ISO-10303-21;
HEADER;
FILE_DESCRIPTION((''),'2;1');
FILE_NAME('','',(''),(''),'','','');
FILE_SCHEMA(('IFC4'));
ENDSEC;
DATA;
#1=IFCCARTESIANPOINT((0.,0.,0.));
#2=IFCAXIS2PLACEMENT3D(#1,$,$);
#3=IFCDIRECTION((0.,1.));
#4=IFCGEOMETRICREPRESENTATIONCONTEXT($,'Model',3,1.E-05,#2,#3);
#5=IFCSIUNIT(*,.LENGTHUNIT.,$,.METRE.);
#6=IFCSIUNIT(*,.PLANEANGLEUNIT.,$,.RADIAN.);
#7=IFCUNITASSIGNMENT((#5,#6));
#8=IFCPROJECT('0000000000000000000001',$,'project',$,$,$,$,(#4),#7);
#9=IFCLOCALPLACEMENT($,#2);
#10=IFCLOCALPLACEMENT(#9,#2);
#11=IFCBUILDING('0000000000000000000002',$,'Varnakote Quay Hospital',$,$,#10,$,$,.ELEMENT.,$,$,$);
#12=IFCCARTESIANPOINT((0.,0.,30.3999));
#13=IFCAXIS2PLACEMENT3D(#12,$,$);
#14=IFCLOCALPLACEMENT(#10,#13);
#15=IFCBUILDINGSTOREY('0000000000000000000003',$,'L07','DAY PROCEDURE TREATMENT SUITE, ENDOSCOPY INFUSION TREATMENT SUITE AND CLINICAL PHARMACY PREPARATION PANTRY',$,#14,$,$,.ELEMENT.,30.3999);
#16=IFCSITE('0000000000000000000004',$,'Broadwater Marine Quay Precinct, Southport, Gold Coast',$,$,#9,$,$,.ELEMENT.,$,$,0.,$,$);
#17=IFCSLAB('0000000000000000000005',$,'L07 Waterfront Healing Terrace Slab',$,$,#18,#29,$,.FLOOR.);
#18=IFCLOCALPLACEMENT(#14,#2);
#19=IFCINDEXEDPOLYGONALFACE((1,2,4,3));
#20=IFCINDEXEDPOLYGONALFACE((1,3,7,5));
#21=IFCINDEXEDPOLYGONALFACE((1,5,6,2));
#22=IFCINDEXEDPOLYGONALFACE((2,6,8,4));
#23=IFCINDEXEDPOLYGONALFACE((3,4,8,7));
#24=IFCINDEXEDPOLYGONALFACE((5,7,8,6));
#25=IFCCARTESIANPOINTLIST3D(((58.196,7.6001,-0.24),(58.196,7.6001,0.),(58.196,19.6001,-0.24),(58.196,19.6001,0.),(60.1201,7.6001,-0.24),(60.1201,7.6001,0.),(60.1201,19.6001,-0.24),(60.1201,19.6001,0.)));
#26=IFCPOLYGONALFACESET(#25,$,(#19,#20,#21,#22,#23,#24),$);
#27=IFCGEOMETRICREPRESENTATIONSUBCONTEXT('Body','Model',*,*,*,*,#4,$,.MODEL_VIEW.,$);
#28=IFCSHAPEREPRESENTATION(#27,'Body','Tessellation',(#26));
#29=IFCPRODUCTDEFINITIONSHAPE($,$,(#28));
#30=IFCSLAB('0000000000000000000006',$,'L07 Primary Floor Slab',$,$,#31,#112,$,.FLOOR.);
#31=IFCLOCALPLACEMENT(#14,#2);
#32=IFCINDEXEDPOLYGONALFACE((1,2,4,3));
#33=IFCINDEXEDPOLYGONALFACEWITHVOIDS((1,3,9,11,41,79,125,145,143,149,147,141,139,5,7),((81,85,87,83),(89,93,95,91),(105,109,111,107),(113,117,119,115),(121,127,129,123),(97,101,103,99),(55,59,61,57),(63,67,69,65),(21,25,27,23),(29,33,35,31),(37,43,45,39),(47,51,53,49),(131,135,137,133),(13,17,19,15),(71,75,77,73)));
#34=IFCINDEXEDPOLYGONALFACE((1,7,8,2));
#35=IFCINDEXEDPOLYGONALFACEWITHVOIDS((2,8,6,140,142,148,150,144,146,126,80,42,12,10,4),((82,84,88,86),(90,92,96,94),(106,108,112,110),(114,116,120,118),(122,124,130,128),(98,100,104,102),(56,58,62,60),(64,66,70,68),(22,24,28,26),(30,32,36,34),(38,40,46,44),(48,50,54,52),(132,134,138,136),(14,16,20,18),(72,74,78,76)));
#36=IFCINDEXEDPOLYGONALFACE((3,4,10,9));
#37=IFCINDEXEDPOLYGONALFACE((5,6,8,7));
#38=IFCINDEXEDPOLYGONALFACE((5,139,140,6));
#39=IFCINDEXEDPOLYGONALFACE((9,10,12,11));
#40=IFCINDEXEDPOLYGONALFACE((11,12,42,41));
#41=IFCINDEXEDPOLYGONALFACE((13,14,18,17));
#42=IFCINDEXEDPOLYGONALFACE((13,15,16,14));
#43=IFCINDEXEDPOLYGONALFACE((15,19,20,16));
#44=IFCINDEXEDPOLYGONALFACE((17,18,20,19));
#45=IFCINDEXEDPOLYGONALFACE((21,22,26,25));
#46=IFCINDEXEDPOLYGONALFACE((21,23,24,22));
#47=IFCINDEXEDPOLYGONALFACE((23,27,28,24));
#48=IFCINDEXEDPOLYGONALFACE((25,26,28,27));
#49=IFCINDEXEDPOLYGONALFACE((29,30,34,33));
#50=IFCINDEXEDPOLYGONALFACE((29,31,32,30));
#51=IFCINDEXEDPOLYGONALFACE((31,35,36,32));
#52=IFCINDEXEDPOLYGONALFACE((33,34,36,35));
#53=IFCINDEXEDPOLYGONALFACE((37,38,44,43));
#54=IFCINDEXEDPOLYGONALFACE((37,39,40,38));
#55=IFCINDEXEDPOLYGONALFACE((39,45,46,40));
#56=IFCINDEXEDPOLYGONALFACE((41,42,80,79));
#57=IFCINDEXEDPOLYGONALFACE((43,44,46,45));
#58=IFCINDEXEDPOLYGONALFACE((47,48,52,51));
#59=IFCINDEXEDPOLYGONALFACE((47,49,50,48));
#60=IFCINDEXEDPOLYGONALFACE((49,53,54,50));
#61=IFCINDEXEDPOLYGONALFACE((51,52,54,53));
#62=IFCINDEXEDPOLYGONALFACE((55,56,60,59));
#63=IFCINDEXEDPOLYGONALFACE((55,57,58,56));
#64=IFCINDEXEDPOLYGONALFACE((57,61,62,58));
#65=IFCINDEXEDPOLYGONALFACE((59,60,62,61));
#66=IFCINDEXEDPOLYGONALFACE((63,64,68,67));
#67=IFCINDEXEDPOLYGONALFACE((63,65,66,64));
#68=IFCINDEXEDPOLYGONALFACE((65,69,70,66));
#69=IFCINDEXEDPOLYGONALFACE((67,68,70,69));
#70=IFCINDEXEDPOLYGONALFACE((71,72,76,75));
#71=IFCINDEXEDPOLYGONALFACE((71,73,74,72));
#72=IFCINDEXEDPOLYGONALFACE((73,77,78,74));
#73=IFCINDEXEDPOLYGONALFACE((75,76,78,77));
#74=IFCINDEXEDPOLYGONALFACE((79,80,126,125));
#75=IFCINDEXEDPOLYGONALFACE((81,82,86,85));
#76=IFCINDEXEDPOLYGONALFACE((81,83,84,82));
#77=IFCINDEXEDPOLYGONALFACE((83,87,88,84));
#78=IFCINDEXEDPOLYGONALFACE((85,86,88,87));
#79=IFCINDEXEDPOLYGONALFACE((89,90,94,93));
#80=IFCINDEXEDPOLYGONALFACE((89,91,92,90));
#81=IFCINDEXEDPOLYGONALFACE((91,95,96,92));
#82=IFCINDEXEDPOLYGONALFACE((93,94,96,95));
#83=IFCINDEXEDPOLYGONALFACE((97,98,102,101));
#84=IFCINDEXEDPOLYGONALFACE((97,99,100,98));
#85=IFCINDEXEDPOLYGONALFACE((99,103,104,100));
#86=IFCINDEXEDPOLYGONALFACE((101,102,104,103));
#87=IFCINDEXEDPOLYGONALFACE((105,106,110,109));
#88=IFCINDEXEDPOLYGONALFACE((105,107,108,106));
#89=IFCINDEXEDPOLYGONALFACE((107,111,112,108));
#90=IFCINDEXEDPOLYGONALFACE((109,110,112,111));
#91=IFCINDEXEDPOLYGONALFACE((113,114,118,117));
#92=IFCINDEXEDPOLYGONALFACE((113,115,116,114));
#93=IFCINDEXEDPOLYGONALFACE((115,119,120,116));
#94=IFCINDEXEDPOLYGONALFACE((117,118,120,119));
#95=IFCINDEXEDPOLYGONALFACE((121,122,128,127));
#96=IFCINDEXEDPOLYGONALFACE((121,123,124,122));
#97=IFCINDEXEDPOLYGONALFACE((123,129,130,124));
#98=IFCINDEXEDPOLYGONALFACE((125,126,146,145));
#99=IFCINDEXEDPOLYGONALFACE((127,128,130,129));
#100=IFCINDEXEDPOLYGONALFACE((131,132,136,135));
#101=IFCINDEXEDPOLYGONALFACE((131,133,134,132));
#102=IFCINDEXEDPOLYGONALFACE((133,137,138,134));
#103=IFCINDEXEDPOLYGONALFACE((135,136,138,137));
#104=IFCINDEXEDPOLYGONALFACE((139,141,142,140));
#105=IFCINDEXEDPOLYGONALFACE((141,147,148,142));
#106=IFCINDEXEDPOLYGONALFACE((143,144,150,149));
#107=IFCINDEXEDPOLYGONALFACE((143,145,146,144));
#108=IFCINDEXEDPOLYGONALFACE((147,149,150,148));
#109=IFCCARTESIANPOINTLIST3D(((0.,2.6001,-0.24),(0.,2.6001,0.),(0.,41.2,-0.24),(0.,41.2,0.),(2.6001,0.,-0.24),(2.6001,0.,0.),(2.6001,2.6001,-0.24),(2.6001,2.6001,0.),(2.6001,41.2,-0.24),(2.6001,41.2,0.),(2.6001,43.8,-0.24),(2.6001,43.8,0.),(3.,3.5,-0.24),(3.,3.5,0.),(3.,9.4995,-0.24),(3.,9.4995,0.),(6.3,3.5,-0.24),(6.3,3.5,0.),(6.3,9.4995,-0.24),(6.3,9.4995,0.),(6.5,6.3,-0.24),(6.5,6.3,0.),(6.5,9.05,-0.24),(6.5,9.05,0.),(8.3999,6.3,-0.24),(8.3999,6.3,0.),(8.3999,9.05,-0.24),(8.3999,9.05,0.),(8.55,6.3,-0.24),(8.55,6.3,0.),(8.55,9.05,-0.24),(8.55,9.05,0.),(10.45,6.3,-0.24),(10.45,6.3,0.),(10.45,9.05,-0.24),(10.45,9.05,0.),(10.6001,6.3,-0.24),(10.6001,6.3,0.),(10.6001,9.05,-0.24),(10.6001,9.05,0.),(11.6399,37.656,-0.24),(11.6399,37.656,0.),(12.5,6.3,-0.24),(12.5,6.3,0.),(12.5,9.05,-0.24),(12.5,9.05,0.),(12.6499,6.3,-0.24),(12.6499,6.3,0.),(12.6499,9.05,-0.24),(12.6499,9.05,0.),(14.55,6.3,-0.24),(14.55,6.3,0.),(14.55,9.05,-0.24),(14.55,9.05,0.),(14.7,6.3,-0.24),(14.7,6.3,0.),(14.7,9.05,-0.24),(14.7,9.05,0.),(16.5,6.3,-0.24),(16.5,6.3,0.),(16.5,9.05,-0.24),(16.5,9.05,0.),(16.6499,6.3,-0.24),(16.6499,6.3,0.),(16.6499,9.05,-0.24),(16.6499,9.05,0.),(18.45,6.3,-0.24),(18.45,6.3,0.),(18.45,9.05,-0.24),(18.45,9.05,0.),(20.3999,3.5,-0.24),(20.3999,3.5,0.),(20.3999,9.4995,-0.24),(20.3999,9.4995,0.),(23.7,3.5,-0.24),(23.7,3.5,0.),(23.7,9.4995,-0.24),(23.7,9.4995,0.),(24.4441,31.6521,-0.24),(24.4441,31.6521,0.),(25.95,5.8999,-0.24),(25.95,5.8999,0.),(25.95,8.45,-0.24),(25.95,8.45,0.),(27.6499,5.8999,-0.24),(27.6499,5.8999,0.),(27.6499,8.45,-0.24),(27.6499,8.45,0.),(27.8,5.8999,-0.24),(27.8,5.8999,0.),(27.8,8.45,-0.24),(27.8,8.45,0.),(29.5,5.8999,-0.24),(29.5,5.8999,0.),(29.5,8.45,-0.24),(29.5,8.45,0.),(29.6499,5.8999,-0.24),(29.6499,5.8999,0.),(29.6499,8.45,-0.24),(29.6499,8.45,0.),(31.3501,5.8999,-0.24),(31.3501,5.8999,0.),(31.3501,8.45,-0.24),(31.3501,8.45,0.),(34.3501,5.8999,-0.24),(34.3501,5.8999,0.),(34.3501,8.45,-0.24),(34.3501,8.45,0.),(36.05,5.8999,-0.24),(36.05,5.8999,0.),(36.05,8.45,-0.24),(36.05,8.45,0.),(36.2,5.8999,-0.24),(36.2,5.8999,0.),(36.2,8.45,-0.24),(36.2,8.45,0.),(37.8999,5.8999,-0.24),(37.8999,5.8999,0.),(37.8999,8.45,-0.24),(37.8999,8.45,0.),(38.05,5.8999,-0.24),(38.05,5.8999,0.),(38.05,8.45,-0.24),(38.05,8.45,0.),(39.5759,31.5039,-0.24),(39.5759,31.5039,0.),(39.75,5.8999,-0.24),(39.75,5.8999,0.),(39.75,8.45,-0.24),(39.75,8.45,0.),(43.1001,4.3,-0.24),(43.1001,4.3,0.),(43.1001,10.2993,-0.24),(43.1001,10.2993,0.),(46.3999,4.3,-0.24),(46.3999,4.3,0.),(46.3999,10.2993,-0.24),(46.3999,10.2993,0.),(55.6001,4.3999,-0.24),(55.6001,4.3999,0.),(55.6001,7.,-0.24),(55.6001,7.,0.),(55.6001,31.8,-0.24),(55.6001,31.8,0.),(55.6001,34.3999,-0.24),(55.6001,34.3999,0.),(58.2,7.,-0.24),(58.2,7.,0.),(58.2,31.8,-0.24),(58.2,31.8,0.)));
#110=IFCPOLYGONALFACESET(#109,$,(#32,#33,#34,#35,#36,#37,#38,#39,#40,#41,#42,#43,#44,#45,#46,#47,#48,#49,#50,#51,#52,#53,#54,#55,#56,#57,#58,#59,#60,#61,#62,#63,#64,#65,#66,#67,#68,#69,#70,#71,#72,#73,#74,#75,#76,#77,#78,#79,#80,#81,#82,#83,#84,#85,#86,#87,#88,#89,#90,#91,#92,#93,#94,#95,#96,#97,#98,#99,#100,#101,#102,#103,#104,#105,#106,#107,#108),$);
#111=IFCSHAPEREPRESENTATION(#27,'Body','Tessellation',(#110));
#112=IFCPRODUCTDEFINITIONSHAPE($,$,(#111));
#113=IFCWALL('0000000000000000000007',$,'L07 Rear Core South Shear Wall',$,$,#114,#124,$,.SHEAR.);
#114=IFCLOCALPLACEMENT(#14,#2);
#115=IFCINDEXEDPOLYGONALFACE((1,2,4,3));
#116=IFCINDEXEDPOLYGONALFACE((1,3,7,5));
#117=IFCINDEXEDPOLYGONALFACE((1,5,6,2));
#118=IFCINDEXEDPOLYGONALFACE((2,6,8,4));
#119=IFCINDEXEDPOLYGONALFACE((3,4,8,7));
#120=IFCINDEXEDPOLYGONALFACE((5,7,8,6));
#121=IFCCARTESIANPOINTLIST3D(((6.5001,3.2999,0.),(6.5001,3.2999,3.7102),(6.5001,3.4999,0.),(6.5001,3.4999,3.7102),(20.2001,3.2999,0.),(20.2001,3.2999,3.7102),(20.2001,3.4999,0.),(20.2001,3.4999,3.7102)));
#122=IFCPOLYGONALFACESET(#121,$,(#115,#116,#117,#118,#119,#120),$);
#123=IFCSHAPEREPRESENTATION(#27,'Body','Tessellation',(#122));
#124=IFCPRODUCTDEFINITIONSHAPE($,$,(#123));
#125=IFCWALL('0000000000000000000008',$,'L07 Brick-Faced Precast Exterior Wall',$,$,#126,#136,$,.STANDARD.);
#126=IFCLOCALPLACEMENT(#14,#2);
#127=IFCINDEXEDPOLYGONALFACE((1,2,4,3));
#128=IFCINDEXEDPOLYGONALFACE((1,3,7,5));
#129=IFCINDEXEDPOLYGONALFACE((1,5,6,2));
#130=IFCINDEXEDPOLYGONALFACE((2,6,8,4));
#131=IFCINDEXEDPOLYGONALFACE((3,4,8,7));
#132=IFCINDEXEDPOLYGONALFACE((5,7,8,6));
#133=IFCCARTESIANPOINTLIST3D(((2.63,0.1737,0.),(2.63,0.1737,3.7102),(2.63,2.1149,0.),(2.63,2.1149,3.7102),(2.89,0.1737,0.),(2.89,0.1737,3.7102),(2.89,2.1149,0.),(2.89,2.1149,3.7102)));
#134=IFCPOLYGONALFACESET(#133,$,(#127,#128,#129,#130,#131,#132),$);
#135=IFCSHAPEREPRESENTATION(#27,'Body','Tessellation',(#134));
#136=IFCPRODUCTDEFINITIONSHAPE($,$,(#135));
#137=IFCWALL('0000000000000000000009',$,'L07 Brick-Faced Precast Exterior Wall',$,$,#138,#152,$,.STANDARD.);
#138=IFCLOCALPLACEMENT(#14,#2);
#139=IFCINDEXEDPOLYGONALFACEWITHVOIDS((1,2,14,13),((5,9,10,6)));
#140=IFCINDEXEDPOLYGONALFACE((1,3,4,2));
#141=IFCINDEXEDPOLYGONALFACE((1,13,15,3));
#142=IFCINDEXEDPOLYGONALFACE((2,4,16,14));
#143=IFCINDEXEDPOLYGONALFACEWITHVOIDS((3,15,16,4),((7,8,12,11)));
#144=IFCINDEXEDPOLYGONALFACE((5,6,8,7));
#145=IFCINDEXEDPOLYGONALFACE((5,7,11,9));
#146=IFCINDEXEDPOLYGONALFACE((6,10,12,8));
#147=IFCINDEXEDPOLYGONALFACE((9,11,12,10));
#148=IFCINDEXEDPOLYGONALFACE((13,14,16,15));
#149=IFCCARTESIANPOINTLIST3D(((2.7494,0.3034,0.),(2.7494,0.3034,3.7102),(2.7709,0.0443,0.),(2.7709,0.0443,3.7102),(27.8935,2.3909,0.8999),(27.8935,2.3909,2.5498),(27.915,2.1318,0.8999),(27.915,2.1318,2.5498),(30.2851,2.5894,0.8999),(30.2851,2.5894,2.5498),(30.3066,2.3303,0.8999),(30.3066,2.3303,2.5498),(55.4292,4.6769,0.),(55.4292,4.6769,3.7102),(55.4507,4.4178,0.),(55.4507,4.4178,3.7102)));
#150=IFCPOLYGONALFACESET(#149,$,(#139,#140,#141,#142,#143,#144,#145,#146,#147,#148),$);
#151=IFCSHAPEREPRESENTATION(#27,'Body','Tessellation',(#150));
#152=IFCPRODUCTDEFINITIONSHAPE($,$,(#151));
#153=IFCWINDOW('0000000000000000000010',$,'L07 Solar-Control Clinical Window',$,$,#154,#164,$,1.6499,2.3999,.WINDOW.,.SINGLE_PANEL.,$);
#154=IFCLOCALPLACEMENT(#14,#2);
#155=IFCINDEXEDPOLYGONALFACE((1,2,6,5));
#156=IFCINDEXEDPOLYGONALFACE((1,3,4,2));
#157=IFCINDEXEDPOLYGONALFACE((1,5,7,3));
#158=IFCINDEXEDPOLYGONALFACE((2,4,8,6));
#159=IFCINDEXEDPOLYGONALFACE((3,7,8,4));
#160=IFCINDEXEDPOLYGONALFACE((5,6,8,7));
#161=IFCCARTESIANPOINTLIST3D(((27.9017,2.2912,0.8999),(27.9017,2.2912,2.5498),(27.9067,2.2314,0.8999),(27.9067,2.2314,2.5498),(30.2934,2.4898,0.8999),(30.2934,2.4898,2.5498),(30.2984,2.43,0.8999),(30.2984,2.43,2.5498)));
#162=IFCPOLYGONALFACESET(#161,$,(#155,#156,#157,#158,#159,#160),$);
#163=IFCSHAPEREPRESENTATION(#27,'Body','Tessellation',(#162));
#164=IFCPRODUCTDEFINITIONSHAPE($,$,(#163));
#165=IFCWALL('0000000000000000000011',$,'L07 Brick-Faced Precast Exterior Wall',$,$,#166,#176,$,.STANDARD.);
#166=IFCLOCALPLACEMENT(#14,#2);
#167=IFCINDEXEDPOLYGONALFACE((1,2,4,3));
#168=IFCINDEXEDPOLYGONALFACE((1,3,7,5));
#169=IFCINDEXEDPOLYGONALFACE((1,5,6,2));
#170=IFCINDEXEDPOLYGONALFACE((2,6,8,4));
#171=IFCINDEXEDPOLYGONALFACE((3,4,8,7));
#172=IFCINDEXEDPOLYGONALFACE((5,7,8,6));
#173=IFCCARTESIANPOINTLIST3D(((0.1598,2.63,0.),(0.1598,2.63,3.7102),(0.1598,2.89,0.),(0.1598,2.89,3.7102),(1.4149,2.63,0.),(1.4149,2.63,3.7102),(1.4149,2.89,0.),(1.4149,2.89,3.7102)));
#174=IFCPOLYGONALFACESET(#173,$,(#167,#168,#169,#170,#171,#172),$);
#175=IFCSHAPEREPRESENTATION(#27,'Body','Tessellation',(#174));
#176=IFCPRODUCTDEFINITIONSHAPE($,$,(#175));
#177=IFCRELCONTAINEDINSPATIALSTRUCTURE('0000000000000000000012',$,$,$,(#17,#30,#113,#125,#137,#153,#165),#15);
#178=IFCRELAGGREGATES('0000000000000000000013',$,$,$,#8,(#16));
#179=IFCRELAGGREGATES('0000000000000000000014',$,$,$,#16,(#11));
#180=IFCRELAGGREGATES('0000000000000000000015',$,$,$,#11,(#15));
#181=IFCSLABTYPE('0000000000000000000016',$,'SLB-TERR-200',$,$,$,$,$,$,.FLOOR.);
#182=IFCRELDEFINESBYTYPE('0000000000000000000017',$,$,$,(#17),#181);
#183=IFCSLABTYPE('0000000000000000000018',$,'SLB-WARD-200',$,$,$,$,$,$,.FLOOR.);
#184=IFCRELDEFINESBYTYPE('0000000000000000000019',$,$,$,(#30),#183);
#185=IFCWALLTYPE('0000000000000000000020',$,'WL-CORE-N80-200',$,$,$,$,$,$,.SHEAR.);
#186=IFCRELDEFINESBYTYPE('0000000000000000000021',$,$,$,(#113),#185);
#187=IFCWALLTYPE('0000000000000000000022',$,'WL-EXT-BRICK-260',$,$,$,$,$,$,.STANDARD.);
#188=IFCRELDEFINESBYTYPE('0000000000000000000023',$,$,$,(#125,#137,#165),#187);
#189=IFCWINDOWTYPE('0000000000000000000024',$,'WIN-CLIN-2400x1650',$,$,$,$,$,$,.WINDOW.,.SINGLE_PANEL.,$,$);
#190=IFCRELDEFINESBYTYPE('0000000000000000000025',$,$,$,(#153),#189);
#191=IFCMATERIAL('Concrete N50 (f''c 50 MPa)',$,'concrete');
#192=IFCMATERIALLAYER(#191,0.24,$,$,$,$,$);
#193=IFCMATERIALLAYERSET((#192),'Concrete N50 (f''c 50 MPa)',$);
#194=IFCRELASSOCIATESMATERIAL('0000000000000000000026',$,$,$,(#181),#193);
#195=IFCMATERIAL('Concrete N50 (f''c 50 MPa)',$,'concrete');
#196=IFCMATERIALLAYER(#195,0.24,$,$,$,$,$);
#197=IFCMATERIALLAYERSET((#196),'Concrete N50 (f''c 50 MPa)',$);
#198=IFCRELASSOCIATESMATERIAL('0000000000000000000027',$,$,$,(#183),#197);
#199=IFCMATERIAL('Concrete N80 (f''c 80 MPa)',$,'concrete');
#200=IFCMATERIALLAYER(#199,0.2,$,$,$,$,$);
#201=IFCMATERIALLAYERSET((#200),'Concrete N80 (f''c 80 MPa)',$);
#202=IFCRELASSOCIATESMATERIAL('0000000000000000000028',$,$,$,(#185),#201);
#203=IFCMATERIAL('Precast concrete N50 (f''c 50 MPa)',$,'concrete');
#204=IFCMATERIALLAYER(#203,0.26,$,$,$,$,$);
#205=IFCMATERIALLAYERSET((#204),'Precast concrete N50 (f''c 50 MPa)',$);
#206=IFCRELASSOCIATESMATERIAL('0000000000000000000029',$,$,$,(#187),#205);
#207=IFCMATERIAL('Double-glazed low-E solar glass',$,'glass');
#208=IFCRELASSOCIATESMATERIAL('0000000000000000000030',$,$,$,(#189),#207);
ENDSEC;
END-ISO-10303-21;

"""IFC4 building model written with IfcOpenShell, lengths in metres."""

from ifc_helpers import new_model, si_unit, direction, frame, frame_2d, origin, place, context, subcontext, project, spatial, polyline, rectangle, outline, extrude, material, layer, layer_set, type_object, element, fill, save


model = new_model("IFC4")

# Units and contexts
model_context = context("Model", 3, precision=1e-05, world=origin(), true_north=direction((0.0, 1.0)))
body_context = subcontext(model_context, "Body", "Model", "MODEL_VIEW")
ifc_project = project(units=[si_unit("LENGTHUNIT", "METRE"), si_unit("PLANEANGLEUNIT", "RADIAN")], contexts=[model_context])

# Site, building, storey
site_placement = place(None, origin())
site = spatial("IfcSite", under=ifc_project, at=site_placement, Name="Broadwater Marine Quay Precinct, Southport, Gold Coast", CompositionType="ELEMENT", RefElevation=0.0)
building_placement = place(site_placement, origin())
building = spatial("IfcBuilding", under=site, at=building_placement, Name="Varnakote Quay Hospital", CompositionType="ELEMENT")
storey_placement = place(building_placement, frame((0.0, 0.0, 30.3999)))
storey = spatial("IfcBuildingStorey", under=building, at=storey_placement, Name="L07", Description="DAY PROCEDURE TREATMENT SUITE, ENDOSCOPY INFUSION TREATMENT SUITE AND CLINICAL PHARMACY PREPARATION PANTRY", CompositionType="ELEMENT", Elevation=30.3999)

# Slabs
ifc_material_1 = material(Name="Concrete N50 (f'c 50 MPa)", Category="concrete")
ifc_layer_1 = layer(ifc_material_1, 0.24)
ifc_layer_set_1 = layer_set([ifc_layer_1], Name="Concrete N50 (f'c 50 MPa)")
slab_type_1 = type_object("IfcSlabType", Name="SLB-TERR-200", PredefinedType="FLOOR", material=ifc_layer_set_1)
slab_1_placement = place(storey_placement, frame((0.0, 0.0, -0.24)))
element("IfcSlab", 1, at=slab_1_placement, inside=storey, type_object=slab_type_1, Name="L07 Waterfront Healing Terrace Slab", PredefinedType="FLOOR", context=body_context, shape_type="SweptSolid", body=[
    extrude(outline(polyline([(58.196, 19.6001), (58.196, 7.6001), (60.1201, 7.6001), (60.1201, 19.6001), (58.196, 19.6001)])), origin(), (0.0, 0.0, 1.0), 0.24),
])
ifc_material_2 = material(Name="Concrete N50 (f'c 50 MPa)", Category="concrete")
ifc_layer_2 = layer(ifc_material_2, 0.24)
ifc_layer_set_2 = layer_set([ifc_layer_2], Name="Concrete N50 (f'c 50 MPa)")
slab_type_2 = type_object("IfcSlabType", Name="SLB-WARD-200", PredefinedType="FLOOR", material=ifc_layer_set_2)
slab_2_placement = place(storey_placement, frame((0.0, 0.0, -0.24)))
element("IfcSlab", 2, at=slab_2_placement, inside=storey, type_object=slab_type_2, Name="L07 Primary Floor Slab", PredefinedType="FLOOR", context=body_context, shape_type="SweptSolid", body=[
    extrude(outline(polyline([(0.0, 2.6001), (2.6001, 2.6001), (2.6001, 0.0), (55.6001, 4.3999), (55.6001, 7.0), (58.2, 7.0), (58.2, 31.8), (55.6001, 31.8), (55.6001, 34.3999), (39.5759, 31.5039), (24.4441, 31.6521), (11.6399, 37.656), (2.6001, 43.8), (2.6001, 41.2), (0.0, 41.2), (0.0, 2.6001)]), holes=[polyline([(3.0, 3.5), (6.3, 3.5), (6.3, 9.4995), (3.0, 9.4995), (3.0, 3.5)]), polyline([(20.3999, 3.5), (23.7, 3.5), (23.7, 9.4995), (20.3999, 9.4995), (20.3999, 3.5)]), polyline([(43.1001, 4.3), (46.3999, 4.3), (46.3999, 10.2993), (43.1001, 10.2993), (43.1001, 4.3)]), polyline([(6.5, 6.3), (8.3999, 6.3), (8.3999, 9.05), (6.5, 9.05), (6.5, 6.3)]), polyline([(8.55, 6.3), (10.45, 6.3), (10.45, 9.05), (8.55, 9.05), (8.55, 6.3)]), polyline([(10.6001, 6.3), (12.5, 6.3), (12.5, 9.05), (10.6001, 9.05), (10.6001, 6.3)]), polyline([(12.6499, 6.3), (14.55, 6.3), (14.55, 9.05), (12.6499, 9.05), (12.6499, 6.3)]), polyline([(14.7, 6.3), (16.5, 6.3), (16.5, 9.05), (14.7, 9.05), (14.7, 6.3)]), polyline([(16.6499, 6.3), (18.45, 6.3), (18.45, 9.05), (16.6499, 9.05), (16.6499, 6.3)]), polyline([(25.95, 5.8999), (27.6499, 5.8999), (27.6499, 8.45), (25.95, 8.45), (25.95, 5.8999)]), polyline([(27.8, 5.8999), (29.5, 5.8999), (29.5, 8.45), (27.8, 8.45), (27.8, 5.8999)]), polyline([(29.6499, 5.8999), (31.3501, 5.8999), (31.3501, 8.45), (29.6499, 8.45), (29.6499, 5.8999)]), polyline([(34.3501, 5.8999), (36.05, 5.8999), (36.05, 8.45), (34.3501, 8.45), (34.3501, 5.8999)]), polyline([(36.2, 5.8999), (37.8999, 5.8999), (37.8999, 8.45), (36.2, 8.45), (36.2, 5.8999)]), polyline([(38.05, 5.8999), (39.75, 5.8999), (39.75, 8.45), (38.05, 8.45), (38.05, 5.8999)])]), origin(), (0.0, 0.0, 1.0), 0.24),
])

# Walls
ifc_material_3 = material(Name="Concrete N80 (f'c 80 MPa)", Category="concrete")
ifc_layer_3 = layer(ifc_material_3, 0.2)
ifc_layer_set_3 = layer_set([ifc_layer_3], Name="Concrete N80 (f'c 80 MPa)")
wall_type_1 = type_object("IfcWallType", Name="WL-CORE-N80-200", PredefinedType="SHEAR", material=ifc_layer_set_3)
wall_1_placement = place(storey_placement, frame((6.5, 3.3999, 0.0), z_axis=(0.0, 0.0, 1.0), x_axis=(1.0, 0.0, 0.0)))
element("IfcWall", 3, at=wall_1_placement, inside=storey, type_object=wall_type_1, Name="L07 Rear Core South Shear Wall", PredefinedType="SHEAR", context=body_context, shape_type="SweptSolid", body=[
    extrude(rectangle(XDim=13.7, YDim=0.2, at=frame_2d((6.8501, 0.0))), origin(), (0.0, 0.0, 1.0), 3.7102),
])
ifc_material_4 = material(Name="Precast concrete N50 (f'c 50 MPa)", Category="concrete")
ifc_layer_4 = layer(ifc_material_4, 0.26)
ifc_layer_set_4 = layer_set([ifc_layer_4], Name="Precast concrete N50 (f'c 50 MPa)")
wall_type_2 = type_object("IfcWallType", Name="WL-EXT-BRICK-260", PredefinedType="STANDARD", material=ifc_layer_set_4)
wall_2_placement = place(storey_placement, frame((2.76, 2.115, 0.0), z_axis=(0.0, 0.0, 1.0), x_axis=(0.0, -1.0, 0.0)))
element("IfcWall", 4, at=wall_2_placement, inside=storey, type_object=wall_type_2, Name="L07 Brick-Faced Precast Exterior Wall", PredefinedType="STANDARD", context=body_context, shape_type="SweptSolid", body=[
    extrude(rectangle(XDim=1.9412, YDim=0.26, at=frame_2d((0.9707, 0.0))), origin(), (0.0, 0.0, 1.0), 3.7102),
])

# Wall, opening, window
wall_3_placement = place(storey_placement, frame((2.76, 0.1738, 0.0), z_axis=(0.0, 0.0, 1.0), x_axis=(0.996571, 0.082736, 0.0)))
wall_3 = element("IfcWall", 5, at=wall_3_placement, inside=storey, type_object=wall_type_2, Name="L07 Brick-Faced Precast Exterior Wall", PredefinedType="STANDARD", context=body_context, shape_type="SweptSolid", body=[
    extrude(rectangle(XDim=52.8611, YDim=0.26, at=frame_2d((26.4307, 0.0))), origin(), (0.0, 0.0, 1.0), 3.7102),
])
opening_1_placement = place(wall_3_placement, frame((25.2307, 0.0, 0.8999)))
opening_1 = element("IfcOpeningElement", 6, at=opening_1_placement, cuts=wall_3, PredefinedType="OPENING", context=body_context, shape_type="SweptSolid", body=[
    extrude(rectangle(XDim=2.3999, YDim=1.6499, at=frame_2d((1.2, 0.825))), frame((0.0, 0.1399, 0.0), z_axis=(0.0, -1.0, 0.0), x_axis=(1.0, 0.0, 0.0)), (0.0, 0.0, 1.0), 0.28),
])
ifc_material_5 = material(Name="Double-glazed low-E solar glass", Category="glass")
window_type = type_object("IfcWindowType", Name="WIN-CLIN-2400x1650", PartitioningType="SINGLE_PANEL", PredefinedType="WINDOW", material=ifc_material_5)
window_placement = place(opening_1_placement, origin())
window = element("IfcWindow", 7, at=window_placement, inside=storey, type_object=window_type, Name="L07 Solar-Control Clinical Window", OverallHeight=1.6499, OverallWidth=2.3999, PartitioningType="SINGLE_PANEL", PredefinedType="WINDOW", context=body_context, shape_type="SweptSolid", body=[
    extrude(rectangle(XDim=2.3999, YDim=1.6499, at=frame_2d((1.2, 0.825))), frame((0.0, 0.03, 0.0), z_axis=(0.0, -1.0, 0.0), x_axis=(1.0, 0.0, 0.0)), (0.0, 0.0, 1.0), 0.0601),
])
fill(opening_1, window)

# Wall
wall_4_placement = place(storey_placement, frame((0.1599, 2.76, 0.0), z_axis=(0.0, 0.0, 1.0), x_axis=(1.0, 0.0, 0.0)))
element("IfcWall", 8, at=wall_4_placement, inside=storey, type_object=wall_type_2, Name="L07 Brick-Faced Precast Exterior Wall", PredefinedType="STANDARD", context=body_context, shape_type="SweptSolid", body=[
    extrude(rectangle(XDim=1.2551, YDim=0.26, at=frame_2d((0.6274, 0.0))), origin(), (0.0, 0.0, 1.0), 3.7102),
])

save(model, "model.ifc")
